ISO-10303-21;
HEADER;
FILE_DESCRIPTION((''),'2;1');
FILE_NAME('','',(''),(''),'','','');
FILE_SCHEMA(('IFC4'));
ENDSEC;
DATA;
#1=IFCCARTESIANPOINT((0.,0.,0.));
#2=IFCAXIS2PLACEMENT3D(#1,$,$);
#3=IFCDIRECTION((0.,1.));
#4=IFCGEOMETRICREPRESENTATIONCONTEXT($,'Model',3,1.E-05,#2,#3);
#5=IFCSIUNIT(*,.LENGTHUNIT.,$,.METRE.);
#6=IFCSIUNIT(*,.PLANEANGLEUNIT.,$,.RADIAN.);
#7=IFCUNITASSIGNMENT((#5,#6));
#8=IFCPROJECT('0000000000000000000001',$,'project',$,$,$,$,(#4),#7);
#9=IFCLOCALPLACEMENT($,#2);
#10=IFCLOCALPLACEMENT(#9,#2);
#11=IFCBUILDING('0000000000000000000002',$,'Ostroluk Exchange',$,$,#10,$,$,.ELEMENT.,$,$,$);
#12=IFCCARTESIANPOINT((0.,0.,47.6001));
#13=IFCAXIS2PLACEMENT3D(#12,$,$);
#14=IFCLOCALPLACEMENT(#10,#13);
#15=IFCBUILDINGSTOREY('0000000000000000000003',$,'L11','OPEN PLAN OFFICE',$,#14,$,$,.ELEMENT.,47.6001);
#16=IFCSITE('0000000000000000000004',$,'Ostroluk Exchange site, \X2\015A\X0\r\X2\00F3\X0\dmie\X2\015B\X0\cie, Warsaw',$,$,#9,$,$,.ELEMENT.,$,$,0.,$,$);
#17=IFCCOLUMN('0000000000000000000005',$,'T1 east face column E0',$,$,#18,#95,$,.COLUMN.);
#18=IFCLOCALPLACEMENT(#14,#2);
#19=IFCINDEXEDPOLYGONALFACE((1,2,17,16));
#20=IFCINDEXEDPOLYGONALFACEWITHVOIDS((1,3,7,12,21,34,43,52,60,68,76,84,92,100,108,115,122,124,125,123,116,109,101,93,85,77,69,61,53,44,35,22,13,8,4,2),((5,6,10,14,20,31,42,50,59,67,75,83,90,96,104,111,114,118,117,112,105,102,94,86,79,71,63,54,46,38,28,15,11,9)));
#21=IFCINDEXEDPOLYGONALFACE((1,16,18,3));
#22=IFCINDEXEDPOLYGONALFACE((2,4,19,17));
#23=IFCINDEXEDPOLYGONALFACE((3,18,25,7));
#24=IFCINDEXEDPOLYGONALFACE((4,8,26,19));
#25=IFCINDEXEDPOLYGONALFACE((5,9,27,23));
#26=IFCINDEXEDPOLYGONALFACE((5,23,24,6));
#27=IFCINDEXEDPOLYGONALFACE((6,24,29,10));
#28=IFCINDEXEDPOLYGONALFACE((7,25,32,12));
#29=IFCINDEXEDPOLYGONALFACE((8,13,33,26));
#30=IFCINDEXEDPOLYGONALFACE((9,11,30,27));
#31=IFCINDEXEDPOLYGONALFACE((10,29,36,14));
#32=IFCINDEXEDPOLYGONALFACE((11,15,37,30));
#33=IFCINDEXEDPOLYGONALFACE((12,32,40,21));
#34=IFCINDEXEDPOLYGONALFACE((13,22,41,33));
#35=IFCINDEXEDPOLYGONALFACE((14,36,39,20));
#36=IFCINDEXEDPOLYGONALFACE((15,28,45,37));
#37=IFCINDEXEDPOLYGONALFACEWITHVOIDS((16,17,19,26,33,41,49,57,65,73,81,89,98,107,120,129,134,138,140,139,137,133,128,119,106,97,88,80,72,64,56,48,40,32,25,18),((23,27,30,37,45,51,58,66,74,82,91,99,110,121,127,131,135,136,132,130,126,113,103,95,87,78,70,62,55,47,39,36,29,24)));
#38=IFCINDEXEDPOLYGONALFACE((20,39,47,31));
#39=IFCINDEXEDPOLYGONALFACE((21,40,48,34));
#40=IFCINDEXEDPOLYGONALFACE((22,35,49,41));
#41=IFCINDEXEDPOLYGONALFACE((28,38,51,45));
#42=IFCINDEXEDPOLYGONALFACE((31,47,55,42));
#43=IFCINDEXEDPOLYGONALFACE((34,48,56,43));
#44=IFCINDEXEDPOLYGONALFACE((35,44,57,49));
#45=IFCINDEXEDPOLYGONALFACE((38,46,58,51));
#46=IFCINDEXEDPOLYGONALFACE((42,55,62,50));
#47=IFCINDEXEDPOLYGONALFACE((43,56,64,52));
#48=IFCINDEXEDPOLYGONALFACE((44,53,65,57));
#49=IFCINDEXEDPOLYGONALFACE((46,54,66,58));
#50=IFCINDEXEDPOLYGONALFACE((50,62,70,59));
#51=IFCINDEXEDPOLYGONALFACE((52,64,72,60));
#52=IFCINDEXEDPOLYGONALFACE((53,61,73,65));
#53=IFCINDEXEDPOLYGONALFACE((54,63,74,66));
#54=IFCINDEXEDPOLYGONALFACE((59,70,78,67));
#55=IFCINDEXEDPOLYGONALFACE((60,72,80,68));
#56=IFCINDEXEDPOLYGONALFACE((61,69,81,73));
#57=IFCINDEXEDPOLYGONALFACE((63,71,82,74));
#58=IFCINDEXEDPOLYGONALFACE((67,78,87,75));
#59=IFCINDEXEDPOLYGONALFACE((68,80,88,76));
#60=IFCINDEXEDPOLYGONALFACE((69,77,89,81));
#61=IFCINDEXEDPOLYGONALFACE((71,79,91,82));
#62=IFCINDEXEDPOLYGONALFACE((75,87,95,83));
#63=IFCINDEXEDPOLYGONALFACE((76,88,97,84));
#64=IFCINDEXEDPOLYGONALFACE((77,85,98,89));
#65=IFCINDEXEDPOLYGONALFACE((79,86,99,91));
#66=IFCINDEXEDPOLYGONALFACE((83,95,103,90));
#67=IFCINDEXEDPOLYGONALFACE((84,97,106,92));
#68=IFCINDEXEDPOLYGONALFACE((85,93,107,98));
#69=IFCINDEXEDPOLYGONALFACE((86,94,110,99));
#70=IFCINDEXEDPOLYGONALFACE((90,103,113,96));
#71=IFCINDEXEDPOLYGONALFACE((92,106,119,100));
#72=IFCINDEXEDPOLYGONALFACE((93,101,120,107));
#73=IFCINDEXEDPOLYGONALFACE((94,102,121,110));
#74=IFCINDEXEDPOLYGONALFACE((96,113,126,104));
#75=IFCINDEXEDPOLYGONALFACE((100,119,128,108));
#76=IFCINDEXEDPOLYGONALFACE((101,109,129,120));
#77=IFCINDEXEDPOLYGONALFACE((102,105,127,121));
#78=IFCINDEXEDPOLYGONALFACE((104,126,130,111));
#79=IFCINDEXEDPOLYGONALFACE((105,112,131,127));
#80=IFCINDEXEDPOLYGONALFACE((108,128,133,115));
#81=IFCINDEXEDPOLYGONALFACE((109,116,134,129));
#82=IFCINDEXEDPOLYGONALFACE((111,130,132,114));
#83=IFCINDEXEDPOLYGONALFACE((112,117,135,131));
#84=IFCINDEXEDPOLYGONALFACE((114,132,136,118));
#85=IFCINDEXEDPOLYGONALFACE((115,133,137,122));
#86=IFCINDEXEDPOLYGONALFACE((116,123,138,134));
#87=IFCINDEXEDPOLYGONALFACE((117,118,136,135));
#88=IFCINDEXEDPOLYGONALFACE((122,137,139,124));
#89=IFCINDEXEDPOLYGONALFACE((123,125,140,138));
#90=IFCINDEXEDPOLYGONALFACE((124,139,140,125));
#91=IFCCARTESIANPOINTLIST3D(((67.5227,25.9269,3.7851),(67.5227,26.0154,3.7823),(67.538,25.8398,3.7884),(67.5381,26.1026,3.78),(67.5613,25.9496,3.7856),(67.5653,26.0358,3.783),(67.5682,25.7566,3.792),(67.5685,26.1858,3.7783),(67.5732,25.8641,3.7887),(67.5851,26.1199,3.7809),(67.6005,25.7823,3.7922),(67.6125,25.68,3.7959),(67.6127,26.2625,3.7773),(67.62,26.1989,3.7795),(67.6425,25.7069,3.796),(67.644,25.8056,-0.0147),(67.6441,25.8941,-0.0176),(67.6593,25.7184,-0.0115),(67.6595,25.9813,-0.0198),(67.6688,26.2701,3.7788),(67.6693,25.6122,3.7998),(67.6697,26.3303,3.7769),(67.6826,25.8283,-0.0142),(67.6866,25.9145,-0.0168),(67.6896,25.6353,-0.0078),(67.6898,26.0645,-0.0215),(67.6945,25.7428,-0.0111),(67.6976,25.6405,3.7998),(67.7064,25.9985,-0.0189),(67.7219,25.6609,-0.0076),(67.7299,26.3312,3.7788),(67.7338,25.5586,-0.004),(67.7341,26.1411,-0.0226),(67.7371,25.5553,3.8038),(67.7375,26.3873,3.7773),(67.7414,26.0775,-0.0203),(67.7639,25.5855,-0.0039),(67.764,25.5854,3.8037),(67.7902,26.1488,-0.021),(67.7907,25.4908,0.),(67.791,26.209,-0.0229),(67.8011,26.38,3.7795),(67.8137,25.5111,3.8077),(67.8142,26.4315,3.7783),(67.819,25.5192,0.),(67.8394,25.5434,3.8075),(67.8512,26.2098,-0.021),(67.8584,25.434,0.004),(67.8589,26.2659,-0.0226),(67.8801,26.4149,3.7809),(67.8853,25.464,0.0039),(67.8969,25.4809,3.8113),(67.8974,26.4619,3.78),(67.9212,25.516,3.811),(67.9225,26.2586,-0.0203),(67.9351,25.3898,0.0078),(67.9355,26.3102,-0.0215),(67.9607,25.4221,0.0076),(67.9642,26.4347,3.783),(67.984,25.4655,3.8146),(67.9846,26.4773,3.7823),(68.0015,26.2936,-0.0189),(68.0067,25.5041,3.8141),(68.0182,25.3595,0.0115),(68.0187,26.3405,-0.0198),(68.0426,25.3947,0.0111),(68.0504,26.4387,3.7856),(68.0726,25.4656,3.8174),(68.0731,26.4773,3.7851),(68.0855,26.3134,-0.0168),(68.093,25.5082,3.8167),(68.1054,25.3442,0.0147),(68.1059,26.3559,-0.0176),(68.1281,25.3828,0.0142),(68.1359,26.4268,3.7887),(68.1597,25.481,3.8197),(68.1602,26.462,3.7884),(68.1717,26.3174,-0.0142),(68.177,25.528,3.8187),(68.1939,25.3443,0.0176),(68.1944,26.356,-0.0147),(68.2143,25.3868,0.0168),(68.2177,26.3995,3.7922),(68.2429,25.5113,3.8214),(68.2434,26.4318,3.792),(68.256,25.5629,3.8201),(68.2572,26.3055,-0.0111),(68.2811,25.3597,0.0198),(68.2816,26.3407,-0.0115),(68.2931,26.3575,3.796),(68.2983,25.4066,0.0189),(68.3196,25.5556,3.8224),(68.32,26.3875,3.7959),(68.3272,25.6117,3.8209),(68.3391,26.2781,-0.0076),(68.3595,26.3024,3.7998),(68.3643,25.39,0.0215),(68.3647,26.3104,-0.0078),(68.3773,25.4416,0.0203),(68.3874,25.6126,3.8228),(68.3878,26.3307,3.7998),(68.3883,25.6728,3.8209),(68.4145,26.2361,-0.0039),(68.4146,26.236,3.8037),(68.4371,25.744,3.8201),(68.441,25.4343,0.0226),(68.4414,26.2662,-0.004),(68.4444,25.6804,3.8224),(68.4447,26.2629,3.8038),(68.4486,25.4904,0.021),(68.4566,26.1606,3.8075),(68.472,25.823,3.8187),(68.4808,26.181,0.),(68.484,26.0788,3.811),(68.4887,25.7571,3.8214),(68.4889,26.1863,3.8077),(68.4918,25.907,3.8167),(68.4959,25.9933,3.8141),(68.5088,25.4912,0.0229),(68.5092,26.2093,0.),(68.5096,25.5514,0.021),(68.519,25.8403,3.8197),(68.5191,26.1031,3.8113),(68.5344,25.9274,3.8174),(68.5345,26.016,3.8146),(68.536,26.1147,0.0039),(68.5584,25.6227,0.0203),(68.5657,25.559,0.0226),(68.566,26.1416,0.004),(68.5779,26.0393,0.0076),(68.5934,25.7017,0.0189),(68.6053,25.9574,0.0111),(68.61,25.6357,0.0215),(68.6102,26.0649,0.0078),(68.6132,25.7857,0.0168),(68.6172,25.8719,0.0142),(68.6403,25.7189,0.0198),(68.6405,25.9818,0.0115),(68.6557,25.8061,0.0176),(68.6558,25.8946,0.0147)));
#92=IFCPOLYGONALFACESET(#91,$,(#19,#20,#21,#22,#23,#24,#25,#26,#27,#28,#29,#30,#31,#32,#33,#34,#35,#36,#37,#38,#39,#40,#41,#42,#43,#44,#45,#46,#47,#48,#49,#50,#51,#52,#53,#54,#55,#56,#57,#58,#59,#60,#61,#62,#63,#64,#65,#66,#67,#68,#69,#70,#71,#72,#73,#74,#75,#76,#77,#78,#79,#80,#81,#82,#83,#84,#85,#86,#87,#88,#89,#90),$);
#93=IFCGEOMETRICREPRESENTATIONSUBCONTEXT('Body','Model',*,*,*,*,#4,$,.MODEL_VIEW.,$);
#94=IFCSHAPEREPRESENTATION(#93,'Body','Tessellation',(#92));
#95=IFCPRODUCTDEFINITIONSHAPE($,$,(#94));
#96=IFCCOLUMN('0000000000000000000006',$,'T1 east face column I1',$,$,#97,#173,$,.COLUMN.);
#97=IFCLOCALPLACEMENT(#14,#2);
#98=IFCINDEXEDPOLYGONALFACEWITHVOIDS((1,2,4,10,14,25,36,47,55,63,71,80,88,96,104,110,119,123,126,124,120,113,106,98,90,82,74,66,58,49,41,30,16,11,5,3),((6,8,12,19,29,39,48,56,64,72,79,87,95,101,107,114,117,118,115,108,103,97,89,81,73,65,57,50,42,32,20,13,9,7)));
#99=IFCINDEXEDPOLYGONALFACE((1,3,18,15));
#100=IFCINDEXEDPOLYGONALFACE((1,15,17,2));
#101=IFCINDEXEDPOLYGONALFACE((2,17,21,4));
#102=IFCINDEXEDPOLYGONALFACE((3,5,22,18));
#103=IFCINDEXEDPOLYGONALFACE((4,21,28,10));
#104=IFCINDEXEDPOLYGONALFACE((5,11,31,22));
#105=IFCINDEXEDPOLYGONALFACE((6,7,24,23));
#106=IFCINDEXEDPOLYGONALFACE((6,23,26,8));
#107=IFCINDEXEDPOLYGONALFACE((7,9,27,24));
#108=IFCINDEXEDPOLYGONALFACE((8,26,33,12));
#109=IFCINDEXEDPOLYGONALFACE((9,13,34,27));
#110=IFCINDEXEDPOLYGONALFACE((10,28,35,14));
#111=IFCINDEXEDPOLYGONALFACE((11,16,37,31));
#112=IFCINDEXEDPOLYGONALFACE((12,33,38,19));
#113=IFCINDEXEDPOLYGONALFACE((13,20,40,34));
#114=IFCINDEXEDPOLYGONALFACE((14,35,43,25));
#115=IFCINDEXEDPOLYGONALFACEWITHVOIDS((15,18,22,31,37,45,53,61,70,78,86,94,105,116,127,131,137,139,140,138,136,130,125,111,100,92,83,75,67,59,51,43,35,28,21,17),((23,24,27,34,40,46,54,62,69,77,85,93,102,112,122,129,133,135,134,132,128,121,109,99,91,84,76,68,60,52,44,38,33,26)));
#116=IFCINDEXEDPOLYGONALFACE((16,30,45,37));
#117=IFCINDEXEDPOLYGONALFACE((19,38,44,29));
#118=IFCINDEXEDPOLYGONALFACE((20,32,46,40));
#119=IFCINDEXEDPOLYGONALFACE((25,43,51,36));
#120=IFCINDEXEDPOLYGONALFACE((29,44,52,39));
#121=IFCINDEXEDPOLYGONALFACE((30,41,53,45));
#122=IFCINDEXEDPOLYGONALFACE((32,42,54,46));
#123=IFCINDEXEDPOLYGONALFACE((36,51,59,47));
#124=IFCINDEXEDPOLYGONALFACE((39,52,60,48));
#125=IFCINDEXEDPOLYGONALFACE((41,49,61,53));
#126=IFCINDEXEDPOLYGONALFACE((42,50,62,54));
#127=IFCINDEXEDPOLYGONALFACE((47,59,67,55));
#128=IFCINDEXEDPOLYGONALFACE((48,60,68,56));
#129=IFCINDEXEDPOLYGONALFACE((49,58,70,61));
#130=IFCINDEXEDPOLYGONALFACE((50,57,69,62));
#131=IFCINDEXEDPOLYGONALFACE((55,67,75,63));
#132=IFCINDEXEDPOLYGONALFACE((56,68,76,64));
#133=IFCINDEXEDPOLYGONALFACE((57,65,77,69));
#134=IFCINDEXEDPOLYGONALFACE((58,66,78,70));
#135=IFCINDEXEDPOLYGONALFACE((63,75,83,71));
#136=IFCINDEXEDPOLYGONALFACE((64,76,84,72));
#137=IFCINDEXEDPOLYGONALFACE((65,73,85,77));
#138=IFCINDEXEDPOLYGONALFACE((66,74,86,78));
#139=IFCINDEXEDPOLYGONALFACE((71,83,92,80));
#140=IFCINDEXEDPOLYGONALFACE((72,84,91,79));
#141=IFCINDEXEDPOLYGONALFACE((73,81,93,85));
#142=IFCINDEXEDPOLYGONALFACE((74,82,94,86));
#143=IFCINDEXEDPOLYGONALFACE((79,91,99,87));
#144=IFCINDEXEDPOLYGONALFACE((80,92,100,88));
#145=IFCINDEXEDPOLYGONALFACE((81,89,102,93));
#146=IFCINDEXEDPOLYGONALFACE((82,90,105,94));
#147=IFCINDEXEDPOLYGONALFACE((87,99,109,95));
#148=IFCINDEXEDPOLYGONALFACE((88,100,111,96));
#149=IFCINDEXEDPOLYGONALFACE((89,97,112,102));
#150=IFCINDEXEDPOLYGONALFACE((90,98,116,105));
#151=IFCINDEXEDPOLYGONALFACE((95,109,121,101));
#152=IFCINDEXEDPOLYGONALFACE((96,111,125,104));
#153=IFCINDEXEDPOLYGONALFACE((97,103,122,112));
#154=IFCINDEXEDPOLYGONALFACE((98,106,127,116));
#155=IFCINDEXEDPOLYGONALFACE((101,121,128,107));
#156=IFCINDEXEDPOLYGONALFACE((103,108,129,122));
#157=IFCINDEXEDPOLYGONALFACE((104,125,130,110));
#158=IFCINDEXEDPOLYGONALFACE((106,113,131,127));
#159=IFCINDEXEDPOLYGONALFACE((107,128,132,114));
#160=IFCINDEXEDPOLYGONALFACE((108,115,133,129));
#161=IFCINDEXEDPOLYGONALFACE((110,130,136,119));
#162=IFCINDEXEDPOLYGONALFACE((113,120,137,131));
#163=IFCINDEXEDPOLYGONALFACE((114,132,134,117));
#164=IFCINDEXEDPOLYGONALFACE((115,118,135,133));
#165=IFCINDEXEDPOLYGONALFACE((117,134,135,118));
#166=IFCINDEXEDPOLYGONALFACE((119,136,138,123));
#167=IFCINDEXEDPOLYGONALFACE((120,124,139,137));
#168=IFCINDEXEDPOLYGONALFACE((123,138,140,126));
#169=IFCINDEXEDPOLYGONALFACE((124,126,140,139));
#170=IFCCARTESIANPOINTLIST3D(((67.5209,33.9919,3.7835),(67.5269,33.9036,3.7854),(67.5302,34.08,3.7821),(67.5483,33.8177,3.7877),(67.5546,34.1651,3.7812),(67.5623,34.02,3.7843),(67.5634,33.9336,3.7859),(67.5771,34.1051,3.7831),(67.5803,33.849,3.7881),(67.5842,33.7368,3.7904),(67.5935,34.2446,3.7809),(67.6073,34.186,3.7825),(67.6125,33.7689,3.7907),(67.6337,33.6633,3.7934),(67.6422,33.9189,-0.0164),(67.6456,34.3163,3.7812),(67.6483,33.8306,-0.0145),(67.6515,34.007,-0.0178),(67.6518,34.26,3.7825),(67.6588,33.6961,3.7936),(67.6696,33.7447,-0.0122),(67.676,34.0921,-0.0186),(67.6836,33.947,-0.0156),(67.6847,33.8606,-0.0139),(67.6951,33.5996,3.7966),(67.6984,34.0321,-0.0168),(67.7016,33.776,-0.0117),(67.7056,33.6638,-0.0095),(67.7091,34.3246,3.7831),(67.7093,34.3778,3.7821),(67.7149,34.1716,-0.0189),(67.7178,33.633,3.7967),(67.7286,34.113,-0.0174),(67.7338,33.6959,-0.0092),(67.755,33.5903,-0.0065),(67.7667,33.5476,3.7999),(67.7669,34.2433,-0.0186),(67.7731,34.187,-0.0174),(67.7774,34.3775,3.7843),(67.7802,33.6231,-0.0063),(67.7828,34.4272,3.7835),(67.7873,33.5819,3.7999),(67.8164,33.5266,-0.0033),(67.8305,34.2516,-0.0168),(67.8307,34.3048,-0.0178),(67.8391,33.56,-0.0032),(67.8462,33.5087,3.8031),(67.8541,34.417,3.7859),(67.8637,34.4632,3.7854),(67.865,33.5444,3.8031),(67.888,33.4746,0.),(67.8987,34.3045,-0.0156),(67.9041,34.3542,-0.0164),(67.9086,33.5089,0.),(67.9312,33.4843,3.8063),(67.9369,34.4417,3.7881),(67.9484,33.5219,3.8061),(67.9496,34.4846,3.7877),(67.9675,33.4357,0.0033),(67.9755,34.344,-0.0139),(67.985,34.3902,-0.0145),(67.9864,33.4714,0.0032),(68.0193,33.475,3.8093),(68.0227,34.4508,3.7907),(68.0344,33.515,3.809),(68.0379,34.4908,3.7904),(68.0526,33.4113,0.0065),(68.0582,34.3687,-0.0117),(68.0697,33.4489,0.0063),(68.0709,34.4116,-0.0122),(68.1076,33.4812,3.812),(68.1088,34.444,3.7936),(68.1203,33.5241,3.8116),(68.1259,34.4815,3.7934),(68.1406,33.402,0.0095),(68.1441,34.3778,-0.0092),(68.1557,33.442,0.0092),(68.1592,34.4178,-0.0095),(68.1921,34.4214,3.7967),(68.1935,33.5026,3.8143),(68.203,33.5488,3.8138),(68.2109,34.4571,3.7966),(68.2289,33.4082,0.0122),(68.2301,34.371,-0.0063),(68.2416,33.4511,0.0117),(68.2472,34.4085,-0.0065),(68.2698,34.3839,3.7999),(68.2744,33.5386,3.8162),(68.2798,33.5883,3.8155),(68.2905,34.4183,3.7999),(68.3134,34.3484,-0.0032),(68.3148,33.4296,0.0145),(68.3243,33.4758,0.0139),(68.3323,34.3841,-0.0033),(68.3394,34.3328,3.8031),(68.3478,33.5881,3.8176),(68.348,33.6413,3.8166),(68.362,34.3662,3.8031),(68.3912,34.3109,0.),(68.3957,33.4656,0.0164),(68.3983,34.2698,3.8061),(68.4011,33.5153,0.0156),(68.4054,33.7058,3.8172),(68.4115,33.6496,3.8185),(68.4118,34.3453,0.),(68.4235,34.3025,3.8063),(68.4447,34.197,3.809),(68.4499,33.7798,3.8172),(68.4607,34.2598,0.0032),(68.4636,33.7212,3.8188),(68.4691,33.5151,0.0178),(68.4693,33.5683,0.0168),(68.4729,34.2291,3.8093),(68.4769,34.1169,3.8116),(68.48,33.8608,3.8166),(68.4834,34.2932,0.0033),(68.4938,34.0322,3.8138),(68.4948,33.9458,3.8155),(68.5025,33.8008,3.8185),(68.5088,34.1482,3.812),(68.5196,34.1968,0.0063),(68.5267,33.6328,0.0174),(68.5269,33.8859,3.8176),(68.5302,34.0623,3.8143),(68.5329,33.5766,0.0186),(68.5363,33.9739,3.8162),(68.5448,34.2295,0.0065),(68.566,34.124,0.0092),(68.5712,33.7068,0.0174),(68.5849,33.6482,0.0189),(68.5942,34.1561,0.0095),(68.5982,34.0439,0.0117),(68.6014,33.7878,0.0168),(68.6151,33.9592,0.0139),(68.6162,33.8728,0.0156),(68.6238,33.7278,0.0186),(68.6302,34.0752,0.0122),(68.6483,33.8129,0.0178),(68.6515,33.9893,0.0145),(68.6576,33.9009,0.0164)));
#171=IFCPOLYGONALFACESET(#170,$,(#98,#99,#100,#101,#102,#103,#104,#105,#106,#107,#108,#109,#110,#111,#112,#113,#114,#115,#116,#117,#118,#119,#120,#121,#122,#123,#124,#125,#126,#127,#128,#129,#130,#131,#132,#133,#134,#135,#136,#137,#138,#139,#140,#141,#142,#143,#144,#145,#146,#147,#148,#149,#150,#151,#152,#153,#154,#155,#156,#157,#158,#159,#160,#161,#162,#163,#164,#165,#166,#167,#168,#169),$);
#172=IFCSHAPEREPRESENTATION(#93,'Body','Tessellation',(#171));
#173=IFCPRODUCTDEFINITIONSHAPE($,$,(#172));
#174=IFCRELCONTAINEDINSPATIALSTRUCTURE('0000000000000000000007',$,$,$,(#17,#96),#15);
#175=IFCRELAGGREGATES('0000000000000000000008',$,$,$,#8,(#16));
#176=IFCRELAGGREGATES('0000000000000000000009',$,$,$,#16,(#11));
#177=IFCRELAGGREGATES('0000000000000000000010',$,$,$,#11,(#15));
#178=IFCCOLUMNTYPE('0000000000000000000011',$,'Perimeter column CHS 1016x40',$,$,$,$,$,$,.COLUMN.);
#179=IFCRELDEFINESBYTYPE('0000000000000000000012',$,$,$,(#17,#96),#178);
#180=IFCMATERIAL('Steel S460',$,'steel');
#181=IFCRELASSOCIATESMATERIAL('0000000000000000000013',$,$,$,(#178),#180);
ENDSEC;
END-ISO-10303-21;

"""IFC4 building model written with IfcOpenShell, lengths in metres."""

from ifc_helpers import new_model, si_unit, direction, frame, origin, origin_2d, place, context, subcontext, project, spatial, hollow_circle, extrude, material, material_profile, profile_set, type_object, element, save


model = new_model("IFC4")

# Units and contexts
model_context = context("Model", 3, precision=1e-05, world=origin(), true_north=direction((0.0, 1.0)))
body_context = subcontext(model_context, "Body", "Model", "MODEL_VIEW")
ifc_project = project(units=[si_unit("LENGTHUNIT", "METRE"), si_unit("PLANEANGLEUNIT", "RADIAN")], contexts=[model_context])

# Site, building, storey
site_placement = place(None, origin())
site = spatial("IfcSite", under=ifc_project, at=site_placement, Name="Ostroluk Exchange site, Śródmieście, Warsaw", CompositionType="ELEMENT", RefElevation=0.0)
building_placement = place(site_placement, origin())
building = spatial("IfcBuilding", under=site, at=building_placement, Name="Ostroluk Exchange", CompositionType="ELEMENT")
storey_placement = place(building_placement, frame((0.0, 0.0, 47.6001)))
storey = spatial("IfcBuildingStorey", under=building, at=storey_placement, Name="L11", Description="OPEN PLAN OFFICE", CompositionType="ELEMENT", Elevation=47.6001)

# Columns
ifc_material_1 = material(Name="Steel S460", Category="steel")
ifc_material_profile_1 = material_profile(ifc_material_1, hollow_circle(Radius=0.5081, WallThickness=0.04, at=origin_2d()), Name="CHS 1016x40")
ifc_profile_set_1 = profile_set([ifc_material_profile_1], Name="Steel S460")
column_type = type_object("IfcColumnType", Name="Perimeter column CHS 1016x40", PredefinedType="COLUMN", material=ifc_profile_set_1)
column_1_placement = place(storey_placement, frame((68.1499, 25.8501, 0.0), z_axis=(-0.0319, 0.0319, 0.998982), x_axis=(-0.707107, -0.707107, 0.0)))
element("IfcColumn", 1, at=column_1_placement, inside=storey, type_object=column_type, Name="T1 east face column E0", PredefinedType="COLUMN", context=body_context, shape_type="SweptSolid", body=[
    extrude(hollow_circle(Radius=0.5081, WallThickness=0.04, at=origin_2d()), origin(), (0.0, 0.0, 1.0), 3.8037),
])
column_2_placement = place(storey_placement, frame((68.1499, 33.9099, 0.0), z_axis=(-0.031911, 0.019198, 0.999306), x_axis=(-0.51551, -0.856884, 0.0)))
element("IfcColumn", 2, at=column_2_placement, inside=storey, type_object=column_type, Name="T1 east face column I1", PredefinedType="COLUMN", context=body_context, shape_type="SweptSolid", body=[
    extrude(hollow_circle(Radius=0.5081, WallThickness=0.04, at=origin_2d()), origin(), (0.0, 0.0, 1.0), 3.8025),
])

save(model, "model.ifc")
